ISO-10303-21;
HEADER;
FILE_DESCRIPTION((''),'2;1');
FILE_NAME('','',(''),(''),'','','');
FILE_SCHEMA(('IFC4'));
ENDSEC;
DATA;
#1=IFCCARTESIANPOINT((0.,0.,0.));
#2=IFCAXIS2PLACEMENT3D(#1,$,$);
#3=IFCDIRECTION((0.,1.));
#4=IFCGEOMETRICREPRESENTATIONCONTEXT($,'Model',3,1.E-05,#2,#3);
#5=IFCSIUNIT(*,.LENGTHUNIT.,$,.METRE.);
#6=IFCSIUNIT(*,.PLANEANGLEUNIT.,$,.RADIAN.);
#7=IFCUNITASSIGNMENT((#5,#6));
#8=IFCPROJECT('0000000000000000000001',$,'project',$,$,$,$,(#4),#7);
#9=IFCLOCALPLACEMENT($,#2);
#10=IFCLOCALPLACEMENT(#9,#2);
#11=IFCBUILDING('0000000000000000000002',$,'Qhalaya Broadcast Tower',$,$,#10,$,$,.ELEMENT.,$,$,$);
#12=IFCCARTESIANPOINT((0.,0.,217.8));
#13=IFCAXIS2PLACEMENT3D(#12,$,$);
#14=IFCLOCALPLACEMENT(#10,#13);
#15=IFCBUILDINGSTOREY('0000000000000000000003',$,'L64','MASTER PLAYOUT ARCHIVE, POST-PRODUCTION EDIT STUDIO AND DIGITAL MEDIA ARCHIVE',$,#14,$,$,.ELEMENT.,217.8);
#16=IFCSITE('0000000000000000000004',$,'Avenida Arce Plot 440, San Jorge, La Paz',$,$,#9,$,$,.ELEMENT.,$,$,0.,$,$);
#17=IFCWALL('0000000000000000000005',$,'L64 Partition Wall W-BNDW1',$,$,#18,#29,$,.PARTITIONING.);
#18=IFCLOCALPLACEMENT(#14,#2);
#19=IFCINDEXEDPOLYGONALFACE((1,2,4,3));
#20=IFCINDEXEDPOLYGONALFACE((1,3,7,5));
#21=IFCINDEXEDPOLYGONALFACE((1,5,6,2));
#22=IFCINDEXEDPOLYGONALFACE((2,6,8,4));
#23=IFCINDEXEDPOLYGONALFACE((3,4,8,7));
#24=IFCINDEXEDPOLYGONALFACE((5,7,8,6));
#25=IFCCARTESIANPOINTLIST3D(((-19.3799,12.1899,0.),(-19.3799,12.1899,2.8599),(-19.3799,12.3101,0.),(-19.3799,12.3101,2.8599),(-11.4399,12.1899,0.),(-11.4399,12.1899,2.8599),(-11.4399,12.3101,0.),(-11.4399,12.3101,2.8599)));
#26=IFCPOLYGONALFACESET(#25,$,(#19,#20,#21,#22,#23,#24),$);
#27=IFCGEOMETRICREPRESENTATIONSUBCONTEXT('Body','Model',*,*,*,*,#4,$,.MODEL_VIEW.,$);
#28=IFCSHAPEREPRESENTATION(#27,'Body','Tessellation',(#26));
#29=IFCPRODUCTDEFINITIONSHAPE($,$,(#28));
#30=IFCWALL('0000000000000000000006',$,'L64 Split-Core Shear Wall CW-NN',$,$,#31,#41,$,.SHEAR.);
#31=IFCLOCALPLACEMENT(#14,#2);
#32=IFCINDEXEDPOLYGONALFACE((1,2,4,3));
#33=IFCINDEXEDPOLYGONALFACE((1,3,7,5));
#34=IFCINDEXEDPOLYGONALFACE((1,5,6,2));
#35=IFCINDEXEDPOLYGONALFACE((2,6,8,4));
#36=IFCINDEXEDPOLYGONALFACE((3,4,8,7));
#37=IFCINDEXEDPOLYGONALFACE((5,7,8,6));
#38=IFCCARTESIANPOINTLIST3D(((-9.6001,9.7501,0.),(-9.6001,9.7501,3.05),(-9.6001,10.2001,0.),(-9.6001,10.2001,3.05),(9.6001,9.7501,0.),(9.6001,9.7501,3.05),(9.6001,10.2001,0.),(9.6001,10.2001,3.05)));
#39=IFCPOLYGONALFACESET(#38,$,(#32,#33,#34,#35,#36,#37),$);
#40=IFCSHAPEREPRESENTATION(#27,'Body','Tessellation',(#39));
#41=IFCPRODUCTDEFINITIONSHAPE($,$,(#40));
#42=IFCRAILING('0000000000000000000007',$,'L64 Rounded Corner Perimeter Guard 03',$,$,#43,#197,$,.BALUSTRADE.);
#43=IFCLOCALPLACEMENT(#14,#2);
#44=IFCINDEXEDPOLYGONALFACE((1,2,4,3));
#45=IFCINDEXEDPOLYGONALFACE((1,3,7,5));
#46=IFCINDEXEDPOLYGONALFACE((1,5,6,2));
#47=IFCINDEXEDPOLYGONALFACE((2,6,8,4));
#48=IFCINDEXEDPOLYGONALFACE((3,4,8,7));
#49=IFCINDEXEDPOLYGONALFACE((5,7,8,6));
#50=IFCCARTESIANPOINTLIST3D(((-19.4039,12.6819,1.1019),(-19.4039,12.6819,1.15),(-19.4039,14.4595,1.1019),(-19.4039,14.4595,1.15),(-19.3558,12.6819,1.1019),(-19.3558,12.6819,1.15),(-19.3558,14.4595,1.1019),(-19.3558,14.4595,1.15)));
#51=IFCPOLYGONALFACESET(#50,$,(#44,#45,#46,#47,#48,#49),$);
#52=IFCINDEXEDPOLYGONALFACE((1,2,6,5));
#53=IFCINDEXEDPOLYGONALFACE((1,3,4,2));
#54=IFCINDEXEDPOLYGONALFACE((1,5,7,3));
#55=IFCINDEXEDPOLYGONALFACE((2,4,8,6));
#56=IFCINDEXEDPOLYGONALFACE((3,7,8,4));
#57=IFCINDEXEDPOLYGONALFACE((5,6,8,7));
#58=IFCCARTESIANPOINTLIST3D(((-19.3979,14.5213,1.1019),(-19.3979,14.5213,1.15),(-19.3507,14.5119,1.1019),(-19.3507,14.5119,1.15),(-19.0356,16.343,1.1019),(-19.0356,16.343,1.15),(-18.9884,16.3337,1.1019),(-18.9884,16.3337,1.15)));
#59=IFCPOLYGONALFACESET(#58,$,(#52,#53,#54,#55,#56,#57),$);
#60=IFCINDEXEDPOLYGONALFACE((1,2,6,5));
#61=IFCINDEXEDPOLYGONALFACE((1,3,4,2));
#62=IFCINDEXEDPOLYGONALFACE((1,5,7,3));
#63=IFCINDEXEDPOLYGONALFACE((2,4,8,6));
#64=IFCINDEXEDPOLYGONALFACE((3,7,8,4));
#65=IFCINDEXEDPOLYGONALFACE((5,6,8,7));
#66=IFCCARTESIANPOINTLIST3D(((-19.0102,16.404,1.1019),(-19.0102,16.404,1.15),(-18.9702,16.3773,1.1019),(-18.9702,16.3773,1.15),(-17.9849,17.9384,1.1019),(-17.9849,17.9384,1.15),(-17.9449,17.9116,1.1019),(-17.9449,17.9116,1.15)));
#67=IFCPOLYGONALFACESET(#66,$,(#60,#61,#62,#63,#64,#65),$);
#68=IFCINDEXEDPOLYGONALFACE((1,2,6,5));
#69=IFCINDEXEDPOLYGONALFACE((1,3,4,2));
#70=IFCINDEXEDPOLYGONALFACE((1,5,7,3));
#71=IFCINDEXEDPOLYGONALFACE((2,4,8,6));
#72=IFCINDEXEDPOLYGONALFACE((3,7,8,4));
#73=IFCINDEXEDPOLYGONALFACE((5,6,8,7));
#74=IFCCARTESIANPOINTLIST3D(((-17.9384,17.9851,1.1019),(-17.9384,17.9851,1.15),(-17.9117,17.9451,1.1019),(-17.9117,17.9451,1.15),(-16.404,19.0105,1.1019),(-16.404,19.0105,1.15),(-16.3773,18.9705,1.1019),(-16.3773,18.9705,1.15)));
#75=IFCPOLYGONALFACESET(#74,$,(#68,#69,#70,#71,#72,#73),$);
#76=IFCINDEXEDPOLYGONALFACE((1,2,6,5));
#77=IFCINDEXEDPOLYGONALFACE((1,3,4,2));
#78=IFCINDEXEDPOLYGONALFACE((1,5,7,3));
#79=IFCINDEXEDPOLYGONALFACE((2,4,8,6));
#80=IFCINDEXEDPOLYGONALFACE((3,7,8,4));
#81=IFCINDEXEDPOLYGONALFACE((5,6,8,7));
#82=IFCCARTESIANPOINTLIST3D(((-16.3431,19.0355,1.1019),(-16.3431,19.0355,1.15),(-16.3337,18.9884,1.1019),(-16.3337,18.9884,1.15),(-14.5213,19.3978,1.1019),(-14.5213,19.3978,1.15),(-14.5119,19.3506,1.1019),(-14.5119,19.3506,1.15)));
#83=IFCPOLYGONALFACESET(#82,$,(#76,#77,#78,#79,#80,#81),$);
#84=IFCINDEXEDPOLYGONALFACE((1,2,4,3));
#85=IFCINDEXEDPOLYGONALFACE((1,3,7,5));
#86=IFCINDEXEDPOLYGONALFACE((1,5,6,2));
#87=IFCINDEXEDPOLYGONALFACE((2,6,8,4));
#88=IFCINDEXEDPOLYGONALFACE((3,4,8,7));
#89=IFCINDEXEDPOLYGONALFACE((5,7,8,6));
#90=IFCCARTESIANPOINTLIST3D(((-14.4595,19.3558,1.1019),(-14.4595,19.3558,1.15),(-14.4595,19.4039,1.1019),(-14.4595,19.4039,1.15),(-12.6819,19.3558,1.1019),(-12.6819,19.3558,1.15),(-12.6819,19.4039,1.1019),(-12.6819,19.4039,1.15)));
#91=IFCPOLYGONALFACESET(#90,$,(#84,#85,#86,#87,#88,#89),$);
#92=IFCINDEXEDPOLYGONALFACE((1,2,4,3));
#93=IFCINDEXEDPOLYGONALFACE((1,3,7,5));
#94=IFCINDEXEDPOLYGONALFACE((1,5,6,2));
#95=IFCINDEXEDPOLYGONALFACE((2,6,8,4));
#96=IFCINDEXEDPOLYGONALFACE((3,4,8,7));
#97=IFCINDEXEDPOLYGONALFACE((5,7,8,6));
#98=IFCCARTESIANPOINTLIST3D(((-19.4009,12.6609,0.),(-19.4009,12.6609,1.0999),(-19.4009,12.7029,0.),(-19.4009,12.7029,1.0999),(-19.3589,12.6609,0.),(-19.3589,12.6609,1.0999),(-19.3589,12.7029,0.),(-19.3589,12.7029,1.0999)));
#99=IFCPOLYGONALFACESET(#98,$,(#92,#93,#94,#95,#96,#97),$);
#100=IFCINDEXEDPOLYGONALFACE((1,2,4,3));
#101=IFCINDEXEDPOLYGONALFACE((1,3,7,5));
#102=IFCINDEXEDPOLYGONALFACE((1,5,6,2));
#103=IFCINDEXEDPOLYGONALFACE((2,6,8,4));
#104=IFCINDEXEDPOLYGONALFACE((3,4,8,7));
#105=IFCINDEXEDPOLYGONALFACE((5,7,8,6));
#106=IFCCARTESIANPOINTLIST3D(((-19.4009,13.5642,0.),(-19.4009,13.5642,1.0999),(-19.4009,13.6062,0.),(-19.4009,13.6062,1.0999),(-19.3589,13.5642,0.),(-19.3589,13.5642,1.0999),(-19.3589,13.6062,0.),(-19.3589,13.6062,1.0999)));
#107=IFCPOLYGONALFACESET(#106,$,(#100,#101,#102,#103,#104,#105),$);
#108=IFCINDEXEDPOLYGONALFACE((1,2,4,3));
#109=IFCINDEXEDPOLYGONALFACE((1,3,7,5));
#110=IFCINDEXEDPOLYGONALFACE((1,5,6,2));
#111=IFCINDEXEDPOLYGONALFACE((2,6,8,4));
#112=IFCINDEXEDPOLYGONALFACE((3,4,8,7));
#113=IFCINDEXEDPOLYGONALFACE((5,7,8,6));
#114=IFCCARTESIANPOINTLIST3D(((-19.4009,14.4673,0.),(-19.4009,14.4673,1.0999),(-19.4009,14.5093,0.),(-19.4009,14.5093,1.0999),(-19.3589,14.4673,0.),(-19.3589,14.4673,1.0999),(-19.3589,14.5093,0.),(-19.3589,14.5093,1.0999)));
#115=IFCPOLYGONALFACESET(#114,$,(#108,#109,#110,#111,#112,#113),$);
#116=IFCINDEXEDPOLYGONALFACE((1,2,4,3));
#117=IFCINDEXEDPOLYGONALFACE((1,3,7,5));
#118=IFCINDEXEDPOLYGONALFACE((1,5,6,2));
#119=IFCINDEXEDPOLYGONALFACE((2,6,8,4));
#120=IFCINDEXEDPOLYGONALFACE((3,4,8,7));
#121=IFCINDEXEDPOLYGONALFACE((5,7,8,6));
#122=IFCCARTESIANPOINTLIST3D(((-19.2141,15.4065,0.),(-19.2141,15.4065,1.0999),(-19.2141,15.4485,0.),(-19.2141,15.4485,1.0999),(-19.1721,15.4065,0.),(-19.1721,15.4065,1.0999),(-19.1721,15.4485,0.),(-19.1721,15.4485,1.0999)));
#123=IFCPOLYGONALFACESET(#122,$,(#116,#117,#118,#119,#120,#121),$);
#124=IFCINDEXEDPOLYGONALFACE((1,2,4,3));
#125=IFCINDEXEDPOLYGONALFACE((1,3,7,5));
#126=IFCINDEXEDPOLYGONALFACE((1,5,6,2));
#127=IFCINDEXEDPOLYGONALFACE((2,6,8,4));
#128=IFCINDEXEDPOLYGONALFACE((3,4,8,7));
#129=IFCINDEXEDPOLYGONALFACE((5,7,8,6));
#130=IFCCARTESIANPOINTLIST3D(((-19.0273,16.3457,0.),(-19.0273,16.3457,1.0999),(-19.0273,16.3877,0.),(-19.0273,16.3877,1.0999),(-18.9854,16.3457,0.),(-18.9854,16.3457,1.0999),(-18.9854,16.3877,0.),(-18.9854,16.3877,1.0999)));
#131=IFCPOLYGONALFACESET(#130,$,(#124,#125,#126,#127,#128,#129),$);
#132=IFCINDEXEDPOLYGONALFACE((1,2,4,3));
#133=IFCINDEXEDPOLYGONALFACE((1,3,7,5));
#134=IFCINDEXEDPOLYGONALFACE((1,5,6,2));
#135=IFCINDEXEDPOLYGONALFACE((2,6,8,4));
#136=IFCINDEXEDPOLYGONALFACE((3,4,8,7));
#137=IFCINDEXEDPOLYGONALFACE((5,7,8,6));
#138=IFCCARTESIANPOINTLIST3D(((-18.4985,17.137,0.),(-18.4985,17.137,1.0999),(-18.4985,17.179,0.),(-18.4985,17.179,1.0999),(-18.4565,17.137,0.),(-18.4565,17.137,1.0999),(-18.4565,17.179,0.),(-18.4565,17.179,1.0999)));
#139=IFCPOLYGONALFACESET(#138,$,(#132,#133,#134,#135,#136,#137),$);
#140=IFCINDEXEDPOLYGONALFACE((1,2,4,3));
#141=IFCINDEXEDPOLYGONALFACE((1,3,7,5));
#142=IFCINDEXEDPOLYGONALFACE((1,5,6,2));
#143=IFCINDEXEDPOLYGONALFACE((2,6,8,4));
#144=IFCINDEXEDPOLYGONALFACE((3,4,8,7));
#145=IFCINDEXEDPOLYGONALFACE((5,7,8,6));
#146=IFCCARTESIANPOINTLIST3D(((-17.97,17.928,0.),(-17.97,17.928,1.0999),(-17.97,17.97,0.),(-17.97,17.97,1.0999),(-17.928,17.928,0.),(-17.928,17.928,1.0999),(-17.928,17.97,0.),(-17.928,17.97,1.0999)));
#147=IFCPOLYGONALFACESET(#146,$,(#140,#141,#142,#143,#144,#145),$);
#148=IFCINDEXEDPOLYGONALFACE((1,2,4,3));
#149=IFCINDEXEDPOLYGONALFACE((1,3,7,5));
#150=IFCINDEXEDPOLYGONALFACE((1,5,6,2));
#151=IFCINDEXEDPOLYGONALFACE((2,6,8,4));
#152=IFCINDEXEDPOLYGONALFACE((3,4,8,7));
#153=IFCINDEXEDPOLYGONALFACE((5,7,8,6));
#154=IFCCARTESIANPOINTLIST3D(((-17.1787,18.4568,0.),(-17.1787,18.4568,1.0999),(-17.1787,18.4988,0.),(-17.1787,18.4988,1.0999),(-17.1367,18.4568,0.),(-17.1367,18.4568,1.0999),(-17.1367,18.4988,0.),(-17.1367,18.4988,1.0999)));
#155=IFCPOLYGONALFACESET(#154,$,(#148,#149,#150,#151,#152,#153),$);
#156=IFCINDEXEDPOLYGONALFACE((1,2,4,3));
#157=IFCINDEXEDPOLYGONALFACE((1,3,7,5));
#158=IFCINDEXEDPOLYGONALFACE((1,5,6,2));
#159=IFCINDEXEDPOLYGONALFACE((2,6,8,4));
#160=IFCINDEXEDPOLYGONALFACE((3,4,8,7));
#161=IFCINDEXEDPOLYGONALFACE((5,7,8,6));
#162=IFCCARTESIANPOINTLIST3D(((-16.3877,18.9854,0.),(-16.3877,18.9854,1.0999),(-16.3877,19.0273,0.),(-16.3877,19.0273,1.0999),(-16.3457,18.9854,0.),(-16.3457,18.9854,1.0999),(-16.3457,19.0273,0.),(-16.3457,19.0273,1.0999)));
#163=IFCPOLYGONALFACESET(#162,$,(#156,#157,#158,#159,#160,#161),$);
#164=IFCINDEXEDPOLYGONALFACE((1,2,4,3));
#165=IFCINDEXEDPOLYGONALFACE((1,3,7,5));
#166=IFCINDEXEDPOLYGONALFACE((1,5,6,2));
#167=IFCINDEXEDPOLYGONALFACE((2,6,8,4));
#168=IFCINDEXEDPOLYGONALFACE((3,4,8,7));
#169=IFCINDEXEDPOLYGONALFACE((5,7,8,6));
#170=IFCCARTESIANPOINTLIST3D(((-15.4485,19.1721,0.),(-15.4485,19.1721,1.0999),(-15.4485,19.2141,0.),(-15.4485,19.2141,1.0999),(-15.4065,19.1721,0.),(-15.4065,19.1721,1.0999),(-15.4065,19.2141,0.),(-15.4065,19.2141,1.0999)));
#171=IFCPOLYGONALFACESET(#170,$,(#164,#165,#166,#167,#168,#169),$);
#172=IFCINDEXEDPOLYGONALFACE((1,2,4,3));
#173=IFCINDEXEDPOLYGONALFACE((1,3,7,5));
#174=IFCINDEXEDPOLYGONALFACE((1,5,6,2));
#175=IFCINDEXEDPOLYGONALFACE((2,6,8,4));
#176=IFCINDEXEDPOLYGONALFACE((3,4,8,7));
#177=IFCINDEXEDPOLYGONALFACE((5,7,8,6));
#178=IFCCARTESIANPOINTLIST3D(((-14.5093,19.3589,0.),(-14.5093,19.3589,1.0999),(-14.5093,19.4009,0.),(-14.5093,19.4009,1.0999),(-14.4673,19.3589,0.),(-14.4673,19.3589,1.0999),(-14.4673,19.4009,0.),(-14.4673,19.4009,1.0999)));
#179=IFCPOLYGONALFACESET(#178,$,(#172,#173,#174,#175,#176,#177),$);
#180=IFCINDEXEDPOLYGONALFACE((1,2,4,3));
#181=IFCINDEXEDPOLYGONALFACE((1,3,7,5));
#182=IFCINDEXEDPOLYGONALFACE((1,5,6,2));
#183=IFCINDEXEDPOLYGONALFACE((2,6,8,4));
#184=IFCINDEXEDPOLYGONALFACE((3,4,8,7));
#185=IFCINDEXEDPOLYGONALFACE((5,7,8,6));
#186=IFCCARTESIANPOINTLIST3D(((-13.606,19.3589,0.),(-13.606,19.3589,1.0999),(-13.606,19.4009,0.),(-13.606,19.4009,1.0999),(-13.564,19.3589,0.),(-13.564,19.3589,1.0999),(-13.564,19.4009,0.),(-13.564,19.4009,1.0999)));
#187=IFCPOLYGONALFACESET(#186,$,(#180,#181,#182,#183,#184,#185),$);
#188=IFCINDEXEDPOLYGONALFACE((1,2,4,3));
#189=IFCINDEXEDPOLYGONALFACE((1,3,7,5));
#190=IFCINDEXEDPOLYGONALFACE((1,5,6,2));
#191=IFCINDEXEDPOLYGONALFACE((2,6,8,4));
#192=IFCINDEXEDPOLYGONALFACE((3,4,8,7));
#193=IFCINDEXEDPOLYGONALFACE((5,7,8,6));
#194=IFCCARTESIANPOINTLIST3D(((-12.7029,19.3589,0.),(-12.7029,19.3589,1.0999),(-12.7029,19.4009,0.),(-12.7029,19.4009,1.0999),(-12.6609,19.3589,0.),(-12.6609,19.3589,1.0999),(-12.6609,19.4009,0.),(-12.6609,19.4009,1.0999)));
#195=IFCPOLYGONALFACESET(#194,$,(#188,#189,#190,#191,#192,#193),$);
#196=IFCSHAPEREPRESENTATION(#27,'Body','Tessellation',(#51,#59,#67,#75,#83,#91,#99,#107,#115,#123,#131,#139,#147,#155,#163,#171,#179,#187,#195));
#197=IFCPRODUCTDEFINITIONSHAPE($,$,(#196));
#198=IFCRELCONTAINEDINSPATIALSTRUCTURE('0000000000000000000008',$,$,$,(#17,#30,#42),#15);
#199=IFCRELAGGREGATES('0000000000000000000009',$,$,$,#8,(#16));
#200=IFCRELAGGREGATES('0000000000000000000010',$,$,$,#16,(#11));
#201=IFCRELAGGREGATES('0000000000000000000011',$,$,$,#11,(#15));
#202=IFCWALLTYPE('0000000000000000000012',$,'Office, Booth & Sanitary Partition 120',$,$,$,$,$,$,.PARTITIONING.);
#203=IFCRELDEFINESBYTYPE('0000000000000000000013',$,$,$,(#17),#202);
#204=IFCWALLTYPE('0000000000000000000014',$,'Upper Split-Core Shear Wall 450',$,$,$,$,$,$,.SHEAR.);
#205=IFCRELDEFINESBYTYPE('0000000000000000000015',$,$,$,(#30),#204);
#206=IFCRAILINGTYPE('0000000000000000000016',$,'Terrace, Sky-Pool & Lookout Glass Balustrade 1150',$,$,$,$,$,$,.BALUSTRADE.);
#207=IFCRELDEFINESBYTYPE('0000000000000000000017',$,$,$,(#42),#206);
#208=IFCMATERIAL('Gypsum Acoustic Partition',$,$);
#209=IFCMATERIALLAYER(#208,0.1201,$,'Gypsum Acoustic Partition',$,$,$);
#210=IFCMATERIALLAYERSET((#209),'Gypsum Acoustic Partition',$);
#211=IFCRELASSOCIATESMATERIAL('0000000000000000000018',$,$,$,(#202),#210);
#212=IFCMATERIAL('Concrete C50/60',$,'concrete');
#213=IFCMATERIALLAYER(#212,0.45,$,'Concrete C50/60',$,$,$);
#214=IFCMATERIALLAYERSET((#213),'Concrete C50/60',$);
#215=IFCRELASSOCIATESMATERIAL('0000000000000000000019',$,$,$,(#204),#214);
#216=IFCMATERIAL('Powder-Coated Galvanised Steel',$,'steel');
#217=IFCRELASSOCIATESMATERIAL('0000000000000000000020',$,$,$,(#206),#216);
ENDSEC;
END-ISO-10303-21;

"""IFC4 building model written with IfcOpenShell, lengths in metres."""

from ifc_helpers import new_model, si_unit, direction, frame, frame_2d, origin, origin_2d, place, context, subcontext, project, spatial, rectangle, extrude, material, layer, layer_set, type_object, element, save


model = new_model("IFC4")

# Units and contexts
model_context = context("Model", 3, precision=1e-05, world=origin(), true_north=direction((0.0, 1.0)))
body_context = subcontext(model_context, "Body", "Model", "MODEL_VIEW")
ifc_project = project(units=[si_unit("LENGTHUNIT", "METRE"), si_unit("PLANEANGLEUNIT", "RADIAN")], contexts=[model_context])

# Site, building, storey
site_placement = place(None, origin())
site = spatial("IfcSite", under=ifc_project, at=site_placement, Name="Avenida Arce Plot 440, San Jorge, La Paz", CompositionType="ELEMENT", RefElevation=0.0)
building_placement = place(site_placement, origin())
building = spatial("IfcBuilding", under=site, at=building_placement, Name="Qhalaya Broadcast Tower", CompositionType="ELEMENT")
storey_placement = place(building_placement, frame((0.0, 0.0, 217.8)))
storey = spatial("IfcBuildingStorey", under=building, at=storey_placement, Name="L64", Description="MASTER PLAYOUT ARCHIVE, POST-PRODUCTION EDIT STUDIO AND DIGITAL MEDIA ARCHIVE", CompositionType="ELEMENT", Elevation=217.8)

# Shared definitions
ifc_material_1 = material(Name="Gypsum Acoustic Partition")

# Walls
ifc_layer_1 = layer(ifc_material_1, 0.1201, Name="Gypsum Acoustic Partition")
ifc_layer_set_1 = layer_set([ifc_layer_1], Name="Gypsum Acoustic Partition")
wall_type_1 = type_object("IfcWallType", Name="Office, Booth & Sanitary Partition 120", PredefinedType="PARTITIONING", material=ifc_layer_set_1)
wall_1_placement = place(storey_placement, frame((-19.3799, 12.25, 0.0), z_axis=(0.0, 0.0, 1.0), x_axis=(1.0, 0.0, 0.0)))
element("IfcWall", 1, at=wall_1_placement, inside=storey, type_object=wall_type_1, Name="L64 Partition Wall W-BNDW1", PredefinedType="PARTITIONING", context=body_context, shape_type="SweptSolid", body=[
    extrude(rectangle(XDim=7.9399, YDim=0.1201, at=frame_2d((3.97, 0.0))), origin(), (0.0, 0.0, 1.0), 2.8599),
])
ifc_material_2 = material(Name="Concrete C50/60", Category="concrete")
ifc_layer_2 = layer(ifc_material_2, 0.45, Name="Concrete C50/60")
ifc_layer_set_2 = layer_set([ifc_layer_2], Name="Concrete C50/60")
wall_type_2 = type_object("IfcWallType", Name="Upper Split-Core Shear Wall 450", PredefinedType="SHEAR", material=ifc_layer_set_2)
wall_2_placement = place(storey_placement, frame((-9.6001, 9.9751, 0.0), z_axis=(0.0, 0.0, 1.0), x_axis=(1.0, 0.0, 0.0)))
element("IfcWall", 2, at=wall_2_placement, inside=storey, type_object=wall_type_2, Name="L64 Split-Core Shear Wall CW-NN", PredefinedType="SHEAR", context=body_context, shape_type="SweptSolid", body=[
    extrude(rectangle(XDim=19.2002, YDim=0.45, at=frame_2d((9.6001, 0.0))), origin(), (0.0, 0.0, 1.0), 3.05),
])

# Railing
ifc_material_3 = material(Name="Powder-Coated Galvanised Steel", Category="steel")
railing_type = type_object("IfcRailingType", Name="Terrace, Sky-Pool & Lookout Glass Balustrade 1150", PredefinedType="BALUSTRADE", material=ifc_material_3)
railing_placement = place(storey_placement, frame((-19.3799, 12.6819, 0.0)))
element("IfcRailing", 3, at=railing_placement, inside=storey, type_object=railing_type, Name="L64 Rounded Corner Perimeter Guard 03", PredefinedType="BALUSTRADE", context=body_context, shape_type="SweptSolid", body=[
    extrude(rectangle(XDim=0.0481, YDim=0.0481, at=origin_2d()), frame((0.0, 0.0, 1.126), z_axis=(0.0, 1.0, 0.0), x_axis=(-1.0, 0.0, 0.0)), (0.0, 0.0, 1.0), 1.7776),
    extrude(rectangle(XDim=0.0481, YDim=0.0481, at=origin_2d()), frame((0.0056, 1.8347, 1.126), z_axis=(0.195037, 0.980796, 0.0), x_axis=(-0.980796, 0.195037, 0.0)), (0.0, 0.0, 1.0), 1.8574),
    extrude(rectangle(XDim=0.0481, YDim=0.0481, at=origin_2d()), frame((0.3896, 3.7087, 1.126), z_axis=(0.555618, 0.831438, 0.0), x_axis=(-0.831438, 0.555618, 0.0)), (0.0, 0.0, 1.0), 1.8455),
    extrude(rectangle(XDim=0.0481, YDim=0.0481, at=origin_2d()), frame((1.4548, 5.2832, 1.126), z_axis=(0.831438, 0.555618, 0.0), x_axis=(-0.555618, 0.831438, 0.0)), (0.0, 0.0, 1.0), 1.8455),
    extrude(rectangle(XDim=0.0481, YDim=0.0481, at=origin_2d()), frame((3.0415, 6.3301, 1.126), z_axis=(0.980796, 0.195037, 0.0), x_axis=(-0.195037, 0.980796, 0.0)), (0.0, 0.0, 1.0), 1.8574),
    extrude(rectangle(XDim=0.0481, YDim=0.0481, at=origin_2d()), frame((4.9204, 6.698, 1.126), z_axis=(1.0, 0.0, 0.0), x_axis=(0.0, 1.0, 0.0)), (0.0, 0.0, 1.0), 1.7776),
    extrude(rectangle(XDim=0.042, YDim=0.042, at=origin_2d()), origin(), (0.0, 0.0, 1.0), 1.0999),
    extrude(rectangle(XDim=0.042, YDim=0.042, at=origin_2d()), frame((0.0, 0.9033, 0.0)), (0.0, 0.0, 1.0), 1.0999),
    extrude(rectangle(XDim=0.042, YDim=0.042, at=origin_2d()), frame((0.0, 1.8064, 0.0)), (0.0, 0.0, 1.0), 1.0999),
    extrude(rectangle(XDim=0.042, YDim=0.042, at=origin_2d()), frame((0.1868, 2.7456, 0.0)), (0.0, 0.0, 1.0), 1.0999),
    extrude(rectangle(XDim=0.042, YDim=0.042, at=origin_2d()), frame((0.3735, 3.6848, 0.0)), (0.0, 0.0, 1.0), 1.0999),
    extrude(rectangle(XDim=0.042, YDim=0.042, at=origin_2d()), frame((0.9023, 4.4761, 0.0)), (0.0, 0.0, 1.0), 1.0999),
    extrude(rectangle(XDim=0.042, YDim=0.042, at=origin_2d()), frame((1.4309, 5.2671, 0.0)), (0.0, 0.0, 1.0), 1.0999),
    extrude(rectangle(XDim=0.042, YDim=0.042, at=origin_2d()), frame((2.2222, 5.7959, 0.0)), (0.0, 0.0, 1.0), 1.0999),
    extrude(rectangle(XDim=0.042, YDim=0.042, at=origin_2d()), frame((3.0132, 6.3245, 0.0)), (0.0, 0.0, 1.0), 1.0999),
    extrude(rectangle(XDim=0.042, YDim=0.042, at=origin_2d()), frame((3.9524, 6.5112, 0.0)), (0.0, 0.0, 1.0), 1.0999),
    extrude(rectangle(XDim=0.042, YDim=0.042, at=origin_2d()), frame((4.8916, 6.698, 0.0)), (0.0, 0.0, 1.0), 1.0999),
    extrude(rectangle(XDim=0.042, YDim=0.042, at=origin_2d()), frame((5.7949, 6.698, 0.0)), (0.0, 0.0, 1.0), 1.0999),
    extrude(rectangle(XDim=0.042, YDim=0.042, at=origin_2d()), frame((6.698, 6.698, 0.0)), (0.0, 0.0, 1.0), 1.0999),
])

save(model, "model.ifc")
